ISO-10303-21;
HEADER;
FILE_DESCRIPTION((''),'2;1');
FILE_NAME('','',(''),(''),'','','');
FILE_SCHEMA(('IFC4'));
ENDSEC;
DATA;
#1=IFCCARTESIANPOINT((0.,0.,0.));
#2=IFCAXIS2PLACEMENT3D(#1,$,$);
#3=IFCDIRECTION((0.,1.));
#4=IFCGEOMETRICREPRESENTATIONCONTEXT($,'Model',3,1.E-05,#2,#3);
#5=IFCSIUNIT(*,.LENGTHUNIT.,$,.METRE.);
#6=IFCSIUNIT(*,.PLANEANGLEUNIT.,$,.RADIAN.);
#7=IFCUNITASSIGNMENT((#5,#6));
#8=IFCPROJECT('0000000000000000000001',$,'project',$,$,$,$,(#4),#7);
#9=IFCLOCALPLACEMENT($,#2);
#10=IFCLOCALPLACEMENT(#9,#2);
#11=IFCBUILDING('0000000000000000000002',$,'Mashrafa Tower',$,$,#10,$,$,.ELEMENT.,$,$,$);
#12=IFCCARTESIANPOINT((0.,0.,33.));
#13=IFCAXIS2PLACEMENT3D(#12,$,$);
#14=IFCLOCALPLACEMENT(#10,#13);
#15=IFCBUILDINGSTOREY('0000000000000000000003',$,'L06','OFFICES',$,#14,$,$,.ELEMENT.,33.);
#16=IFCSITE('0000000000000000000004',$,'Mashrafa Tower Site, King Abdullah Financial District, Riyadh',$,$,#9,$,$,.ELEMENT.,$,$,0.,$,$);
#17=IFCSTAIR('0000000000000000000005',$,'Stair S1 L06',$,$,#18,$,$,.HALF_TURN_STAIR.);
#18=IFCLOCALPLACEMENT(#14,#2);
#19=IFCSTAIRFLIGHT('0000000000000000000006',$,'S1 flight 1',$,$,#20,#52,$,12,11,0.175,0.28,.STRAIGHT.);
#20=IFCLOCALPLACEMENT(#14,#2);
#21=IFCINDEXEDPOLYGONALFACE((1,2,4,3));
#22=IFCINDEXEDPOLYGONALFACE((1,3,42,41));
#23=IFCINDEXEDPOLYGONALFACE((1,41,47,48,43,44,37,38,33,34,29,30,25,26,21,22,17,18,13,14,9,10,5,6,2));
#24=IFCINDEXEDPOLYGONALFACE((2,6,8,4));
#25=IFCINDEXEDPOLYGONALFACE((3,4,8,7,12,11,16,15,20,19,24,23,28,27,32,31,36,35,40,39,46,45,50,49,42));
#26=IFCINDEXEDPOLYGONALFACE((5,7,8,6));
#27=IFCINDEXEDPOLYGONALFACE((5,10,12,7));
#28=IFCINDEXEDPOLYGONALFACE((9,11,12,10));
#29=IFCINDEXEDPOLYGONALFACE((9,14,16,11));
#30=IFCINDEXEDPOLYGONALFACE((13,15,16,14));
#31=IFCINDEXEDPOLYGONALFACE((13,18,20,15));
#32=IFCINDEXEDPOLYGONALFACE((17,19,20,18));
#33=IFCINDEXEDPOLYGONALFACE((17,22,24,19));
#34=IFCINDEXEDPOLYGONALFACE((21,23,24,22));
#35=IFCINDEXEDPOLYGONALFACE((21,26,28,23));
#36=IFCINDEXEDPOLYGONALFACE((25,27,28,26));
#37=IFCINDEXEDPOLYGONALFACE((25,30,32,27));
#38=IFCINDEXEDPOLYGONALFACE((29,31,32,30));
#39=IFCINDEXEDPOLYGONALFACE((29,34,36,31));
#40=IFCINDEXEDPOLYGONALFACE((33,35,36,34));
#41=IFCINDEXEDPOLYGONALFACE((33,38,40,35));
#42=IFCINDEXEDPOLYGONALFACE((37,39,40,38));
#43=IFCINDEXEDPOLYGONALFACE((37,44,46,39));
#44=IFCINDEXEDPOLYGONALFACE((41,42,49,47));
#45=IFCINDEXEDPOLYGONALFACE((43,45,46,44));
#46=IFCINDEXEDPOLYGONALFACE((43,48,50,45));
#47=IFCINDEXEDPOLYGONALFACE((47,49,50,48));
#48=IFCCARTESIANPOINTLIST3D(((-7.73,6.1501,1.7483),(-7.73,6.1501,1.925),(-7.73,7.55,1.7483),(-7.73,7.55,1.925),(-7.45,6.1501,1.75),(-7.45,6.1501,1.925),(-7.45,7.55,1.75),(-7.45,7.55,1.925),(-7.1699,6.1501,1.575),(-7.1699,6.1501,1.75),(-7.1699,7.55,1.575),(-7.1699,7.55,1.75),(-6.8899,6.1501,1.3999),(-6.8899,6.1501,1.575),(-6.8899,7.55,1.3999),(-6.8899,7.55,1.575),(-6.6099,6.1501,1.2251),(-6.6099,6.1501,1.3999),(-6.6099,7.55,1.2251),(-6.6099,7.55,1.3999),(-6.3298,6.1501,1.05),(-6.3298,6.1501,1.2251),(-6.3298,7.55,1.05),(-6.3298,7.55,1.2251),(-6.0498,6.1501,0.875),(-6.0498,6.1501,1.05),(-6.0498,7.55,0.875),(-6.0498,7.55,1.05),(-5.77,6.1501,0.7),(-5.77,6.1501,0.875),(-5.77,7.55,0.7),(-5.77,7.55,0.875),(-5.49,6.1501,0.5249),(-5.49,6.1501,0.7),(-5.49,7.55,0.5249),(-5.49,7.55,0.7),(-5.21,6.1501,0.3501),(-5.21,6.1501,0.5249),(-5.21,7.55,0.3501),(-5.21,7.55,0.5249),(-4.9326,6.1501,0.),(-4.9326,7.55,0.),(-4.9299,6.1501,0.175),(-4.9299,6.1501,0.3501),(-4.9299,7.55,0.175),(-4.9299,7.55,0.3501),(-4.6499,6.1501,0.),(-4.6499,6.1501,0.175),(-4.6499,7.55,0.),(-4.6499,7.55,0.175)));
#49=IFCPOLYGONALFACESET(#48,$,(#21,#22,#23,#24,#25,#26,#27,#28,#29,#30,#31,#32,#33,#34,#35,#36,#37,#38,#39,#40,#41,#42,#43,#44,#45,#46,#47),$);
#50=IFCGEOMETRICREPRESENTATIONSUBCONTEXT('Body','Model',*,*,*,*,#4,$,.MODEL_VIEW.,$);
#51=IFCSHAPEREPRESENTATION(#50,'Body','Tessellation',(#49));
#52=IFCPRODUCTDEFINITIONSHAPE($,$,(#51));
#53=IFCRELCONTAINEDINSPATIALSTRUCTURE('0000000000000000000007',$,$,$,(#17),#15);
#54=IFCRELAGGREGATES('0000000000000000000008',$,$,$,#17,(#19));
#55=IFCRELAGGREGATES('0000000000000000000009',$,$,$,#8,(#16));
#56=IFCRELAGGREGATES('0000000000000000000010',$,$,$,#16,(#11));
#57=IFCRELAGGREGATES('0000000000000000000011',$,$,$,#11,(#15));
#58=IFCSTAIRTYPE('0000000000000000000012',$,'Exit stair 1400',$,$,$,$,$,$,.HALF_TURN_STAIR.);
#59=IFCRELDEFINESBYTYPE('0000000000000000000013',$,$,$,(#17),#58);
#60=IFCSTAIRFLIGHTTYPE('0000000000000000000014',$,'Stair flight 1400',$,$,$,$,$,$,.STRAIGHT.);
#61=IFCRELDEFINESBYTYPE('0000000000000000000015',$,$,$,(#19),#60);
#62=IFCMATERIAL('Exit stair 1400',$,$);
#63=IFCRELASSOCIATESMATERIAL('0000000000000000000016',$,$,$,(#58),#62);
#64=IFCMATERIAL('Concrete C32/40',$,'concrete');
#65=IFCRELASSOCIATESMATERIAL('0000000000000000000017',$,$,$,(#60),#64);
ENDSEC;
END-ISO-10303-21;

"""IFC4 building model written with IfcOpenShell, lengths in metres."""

from ifc_helpers import new_model, si_unit, direction, frame, origin, place, context, subcontext, project, spatial, polyline, outline, extrude, material, type_object, element, aggregate, save


model = new_model("IFC4")

# Units and contexts
model_context = context("Model", 3, precision=1e-05, world=origin(), true_north=direction((0.0, 1.0)))
body_context = subcontext(model_context, "Body", "Model", "MODEL_VIEW")
ifc_project = project(units=[si_unit("LENGTHUNIT", "METRE"), si_unit("PLANEANGLEUNIT", "RADIAN")], contexts=[model_context])

# Site, building, storey
site_placement = place(None, origin())
site = spatial("IfcSite", under=ifc_project, at=site_placement, Name="Mashrafa Tower Site, King Abdullah Financial District, Riyadh", CompositionType="ELEMENT", RefElevation=0.0)
building_placement = place(site_placement, origin())
building = spatial("IfcBuilding", under=site, at=building_placement, Name="Mashrafa Tower", CompositionType="ELEMENT")
storey_placement = place(building_placement, frame((0.0, 0.0, 33.0)))
storey = spatial("IfcBuildingStorey", under=building, at=storey_placement, Name="L06", Description="OFFICES", CompositionType="ELEMENT", Elevation=33.0)

# Stair, stair flight
ifc_material_1 = material(Name="Exit stair 1400")
stair_type = type_object("IfcStairType", Name="Exit stair 1400", PredefinedType="HALF_TURN_STAIR", material=ifc_material_1)
stair_placement = place(storey_placement, origin())
stair = element("IfcStair", 1, at=stair_placement, inside=storey, type_object=stair_type, Name="Stair S1 L06", PredefinedType="HALF_TURN_STAIR")
ifc_material_2 = material(Name="Concrete C32/40", Category="concrete")
stair_flight_type = type_object("IfcStairFlightType", Name="Stair flight 1400", PredefinedType="STRAIGHT", material=ifc_material_2)
stair_flight_placement = place(storey_placement, frame((-4.6499, 6.8501, 0.0), z_axis=(0.0, 0.0, 1.0), x_axis=(-1.0, 0.0, 0.0)))
stair_flight = element("IfcStairFlight", 2, at=stair_flight_placement, type_object=stair_flight_type, Name="S1 flight 1", NumberOfRisers=12, NumberOfTreads=11, PredefinedType="STRAIGHT", RiserHeight=0.175, TreadLength=0.28, context=body_context, shape_type="SweptSolid", body=[
    extrude(outline(polyline([(0.0, 0.0), (0.0, 0.175), (0.28, 0.175), (0.28, 0.3501), (0.5601, 0.3501), (0.5601, 0.5249), (0.8401, 0.5249), (0.8401, 0.7), (1.1201, 0.7), (1.1201, 0.875), (1.3999, 0.875), (1.3999, 1.05), (1.6799, 1.05), (1.6799, 1.2251), (1.96, 1.2251), (1.96, 1.3999), (2.24, 1.3999), (2.24, 1.575), (2.52, 1.575), (2.52, 1.75), (2.8, 1.75), (2.8, 1.925), (3.0801, 1.925), (3.0801, 2.1001), (3.0801, 1.7483), (0.2827, 0.0), (0.0, 0.0)])), frame((0.0, 0.7, 0.0), z_axis=(0.0, -1.0, 0.0), x_axis=(1.0, 0.0, 0.0)), (0.0, 0.0, 1.0), 1.3999),
])
aggregate(stair, [stair_flight])

save(model, "model.ifc")
